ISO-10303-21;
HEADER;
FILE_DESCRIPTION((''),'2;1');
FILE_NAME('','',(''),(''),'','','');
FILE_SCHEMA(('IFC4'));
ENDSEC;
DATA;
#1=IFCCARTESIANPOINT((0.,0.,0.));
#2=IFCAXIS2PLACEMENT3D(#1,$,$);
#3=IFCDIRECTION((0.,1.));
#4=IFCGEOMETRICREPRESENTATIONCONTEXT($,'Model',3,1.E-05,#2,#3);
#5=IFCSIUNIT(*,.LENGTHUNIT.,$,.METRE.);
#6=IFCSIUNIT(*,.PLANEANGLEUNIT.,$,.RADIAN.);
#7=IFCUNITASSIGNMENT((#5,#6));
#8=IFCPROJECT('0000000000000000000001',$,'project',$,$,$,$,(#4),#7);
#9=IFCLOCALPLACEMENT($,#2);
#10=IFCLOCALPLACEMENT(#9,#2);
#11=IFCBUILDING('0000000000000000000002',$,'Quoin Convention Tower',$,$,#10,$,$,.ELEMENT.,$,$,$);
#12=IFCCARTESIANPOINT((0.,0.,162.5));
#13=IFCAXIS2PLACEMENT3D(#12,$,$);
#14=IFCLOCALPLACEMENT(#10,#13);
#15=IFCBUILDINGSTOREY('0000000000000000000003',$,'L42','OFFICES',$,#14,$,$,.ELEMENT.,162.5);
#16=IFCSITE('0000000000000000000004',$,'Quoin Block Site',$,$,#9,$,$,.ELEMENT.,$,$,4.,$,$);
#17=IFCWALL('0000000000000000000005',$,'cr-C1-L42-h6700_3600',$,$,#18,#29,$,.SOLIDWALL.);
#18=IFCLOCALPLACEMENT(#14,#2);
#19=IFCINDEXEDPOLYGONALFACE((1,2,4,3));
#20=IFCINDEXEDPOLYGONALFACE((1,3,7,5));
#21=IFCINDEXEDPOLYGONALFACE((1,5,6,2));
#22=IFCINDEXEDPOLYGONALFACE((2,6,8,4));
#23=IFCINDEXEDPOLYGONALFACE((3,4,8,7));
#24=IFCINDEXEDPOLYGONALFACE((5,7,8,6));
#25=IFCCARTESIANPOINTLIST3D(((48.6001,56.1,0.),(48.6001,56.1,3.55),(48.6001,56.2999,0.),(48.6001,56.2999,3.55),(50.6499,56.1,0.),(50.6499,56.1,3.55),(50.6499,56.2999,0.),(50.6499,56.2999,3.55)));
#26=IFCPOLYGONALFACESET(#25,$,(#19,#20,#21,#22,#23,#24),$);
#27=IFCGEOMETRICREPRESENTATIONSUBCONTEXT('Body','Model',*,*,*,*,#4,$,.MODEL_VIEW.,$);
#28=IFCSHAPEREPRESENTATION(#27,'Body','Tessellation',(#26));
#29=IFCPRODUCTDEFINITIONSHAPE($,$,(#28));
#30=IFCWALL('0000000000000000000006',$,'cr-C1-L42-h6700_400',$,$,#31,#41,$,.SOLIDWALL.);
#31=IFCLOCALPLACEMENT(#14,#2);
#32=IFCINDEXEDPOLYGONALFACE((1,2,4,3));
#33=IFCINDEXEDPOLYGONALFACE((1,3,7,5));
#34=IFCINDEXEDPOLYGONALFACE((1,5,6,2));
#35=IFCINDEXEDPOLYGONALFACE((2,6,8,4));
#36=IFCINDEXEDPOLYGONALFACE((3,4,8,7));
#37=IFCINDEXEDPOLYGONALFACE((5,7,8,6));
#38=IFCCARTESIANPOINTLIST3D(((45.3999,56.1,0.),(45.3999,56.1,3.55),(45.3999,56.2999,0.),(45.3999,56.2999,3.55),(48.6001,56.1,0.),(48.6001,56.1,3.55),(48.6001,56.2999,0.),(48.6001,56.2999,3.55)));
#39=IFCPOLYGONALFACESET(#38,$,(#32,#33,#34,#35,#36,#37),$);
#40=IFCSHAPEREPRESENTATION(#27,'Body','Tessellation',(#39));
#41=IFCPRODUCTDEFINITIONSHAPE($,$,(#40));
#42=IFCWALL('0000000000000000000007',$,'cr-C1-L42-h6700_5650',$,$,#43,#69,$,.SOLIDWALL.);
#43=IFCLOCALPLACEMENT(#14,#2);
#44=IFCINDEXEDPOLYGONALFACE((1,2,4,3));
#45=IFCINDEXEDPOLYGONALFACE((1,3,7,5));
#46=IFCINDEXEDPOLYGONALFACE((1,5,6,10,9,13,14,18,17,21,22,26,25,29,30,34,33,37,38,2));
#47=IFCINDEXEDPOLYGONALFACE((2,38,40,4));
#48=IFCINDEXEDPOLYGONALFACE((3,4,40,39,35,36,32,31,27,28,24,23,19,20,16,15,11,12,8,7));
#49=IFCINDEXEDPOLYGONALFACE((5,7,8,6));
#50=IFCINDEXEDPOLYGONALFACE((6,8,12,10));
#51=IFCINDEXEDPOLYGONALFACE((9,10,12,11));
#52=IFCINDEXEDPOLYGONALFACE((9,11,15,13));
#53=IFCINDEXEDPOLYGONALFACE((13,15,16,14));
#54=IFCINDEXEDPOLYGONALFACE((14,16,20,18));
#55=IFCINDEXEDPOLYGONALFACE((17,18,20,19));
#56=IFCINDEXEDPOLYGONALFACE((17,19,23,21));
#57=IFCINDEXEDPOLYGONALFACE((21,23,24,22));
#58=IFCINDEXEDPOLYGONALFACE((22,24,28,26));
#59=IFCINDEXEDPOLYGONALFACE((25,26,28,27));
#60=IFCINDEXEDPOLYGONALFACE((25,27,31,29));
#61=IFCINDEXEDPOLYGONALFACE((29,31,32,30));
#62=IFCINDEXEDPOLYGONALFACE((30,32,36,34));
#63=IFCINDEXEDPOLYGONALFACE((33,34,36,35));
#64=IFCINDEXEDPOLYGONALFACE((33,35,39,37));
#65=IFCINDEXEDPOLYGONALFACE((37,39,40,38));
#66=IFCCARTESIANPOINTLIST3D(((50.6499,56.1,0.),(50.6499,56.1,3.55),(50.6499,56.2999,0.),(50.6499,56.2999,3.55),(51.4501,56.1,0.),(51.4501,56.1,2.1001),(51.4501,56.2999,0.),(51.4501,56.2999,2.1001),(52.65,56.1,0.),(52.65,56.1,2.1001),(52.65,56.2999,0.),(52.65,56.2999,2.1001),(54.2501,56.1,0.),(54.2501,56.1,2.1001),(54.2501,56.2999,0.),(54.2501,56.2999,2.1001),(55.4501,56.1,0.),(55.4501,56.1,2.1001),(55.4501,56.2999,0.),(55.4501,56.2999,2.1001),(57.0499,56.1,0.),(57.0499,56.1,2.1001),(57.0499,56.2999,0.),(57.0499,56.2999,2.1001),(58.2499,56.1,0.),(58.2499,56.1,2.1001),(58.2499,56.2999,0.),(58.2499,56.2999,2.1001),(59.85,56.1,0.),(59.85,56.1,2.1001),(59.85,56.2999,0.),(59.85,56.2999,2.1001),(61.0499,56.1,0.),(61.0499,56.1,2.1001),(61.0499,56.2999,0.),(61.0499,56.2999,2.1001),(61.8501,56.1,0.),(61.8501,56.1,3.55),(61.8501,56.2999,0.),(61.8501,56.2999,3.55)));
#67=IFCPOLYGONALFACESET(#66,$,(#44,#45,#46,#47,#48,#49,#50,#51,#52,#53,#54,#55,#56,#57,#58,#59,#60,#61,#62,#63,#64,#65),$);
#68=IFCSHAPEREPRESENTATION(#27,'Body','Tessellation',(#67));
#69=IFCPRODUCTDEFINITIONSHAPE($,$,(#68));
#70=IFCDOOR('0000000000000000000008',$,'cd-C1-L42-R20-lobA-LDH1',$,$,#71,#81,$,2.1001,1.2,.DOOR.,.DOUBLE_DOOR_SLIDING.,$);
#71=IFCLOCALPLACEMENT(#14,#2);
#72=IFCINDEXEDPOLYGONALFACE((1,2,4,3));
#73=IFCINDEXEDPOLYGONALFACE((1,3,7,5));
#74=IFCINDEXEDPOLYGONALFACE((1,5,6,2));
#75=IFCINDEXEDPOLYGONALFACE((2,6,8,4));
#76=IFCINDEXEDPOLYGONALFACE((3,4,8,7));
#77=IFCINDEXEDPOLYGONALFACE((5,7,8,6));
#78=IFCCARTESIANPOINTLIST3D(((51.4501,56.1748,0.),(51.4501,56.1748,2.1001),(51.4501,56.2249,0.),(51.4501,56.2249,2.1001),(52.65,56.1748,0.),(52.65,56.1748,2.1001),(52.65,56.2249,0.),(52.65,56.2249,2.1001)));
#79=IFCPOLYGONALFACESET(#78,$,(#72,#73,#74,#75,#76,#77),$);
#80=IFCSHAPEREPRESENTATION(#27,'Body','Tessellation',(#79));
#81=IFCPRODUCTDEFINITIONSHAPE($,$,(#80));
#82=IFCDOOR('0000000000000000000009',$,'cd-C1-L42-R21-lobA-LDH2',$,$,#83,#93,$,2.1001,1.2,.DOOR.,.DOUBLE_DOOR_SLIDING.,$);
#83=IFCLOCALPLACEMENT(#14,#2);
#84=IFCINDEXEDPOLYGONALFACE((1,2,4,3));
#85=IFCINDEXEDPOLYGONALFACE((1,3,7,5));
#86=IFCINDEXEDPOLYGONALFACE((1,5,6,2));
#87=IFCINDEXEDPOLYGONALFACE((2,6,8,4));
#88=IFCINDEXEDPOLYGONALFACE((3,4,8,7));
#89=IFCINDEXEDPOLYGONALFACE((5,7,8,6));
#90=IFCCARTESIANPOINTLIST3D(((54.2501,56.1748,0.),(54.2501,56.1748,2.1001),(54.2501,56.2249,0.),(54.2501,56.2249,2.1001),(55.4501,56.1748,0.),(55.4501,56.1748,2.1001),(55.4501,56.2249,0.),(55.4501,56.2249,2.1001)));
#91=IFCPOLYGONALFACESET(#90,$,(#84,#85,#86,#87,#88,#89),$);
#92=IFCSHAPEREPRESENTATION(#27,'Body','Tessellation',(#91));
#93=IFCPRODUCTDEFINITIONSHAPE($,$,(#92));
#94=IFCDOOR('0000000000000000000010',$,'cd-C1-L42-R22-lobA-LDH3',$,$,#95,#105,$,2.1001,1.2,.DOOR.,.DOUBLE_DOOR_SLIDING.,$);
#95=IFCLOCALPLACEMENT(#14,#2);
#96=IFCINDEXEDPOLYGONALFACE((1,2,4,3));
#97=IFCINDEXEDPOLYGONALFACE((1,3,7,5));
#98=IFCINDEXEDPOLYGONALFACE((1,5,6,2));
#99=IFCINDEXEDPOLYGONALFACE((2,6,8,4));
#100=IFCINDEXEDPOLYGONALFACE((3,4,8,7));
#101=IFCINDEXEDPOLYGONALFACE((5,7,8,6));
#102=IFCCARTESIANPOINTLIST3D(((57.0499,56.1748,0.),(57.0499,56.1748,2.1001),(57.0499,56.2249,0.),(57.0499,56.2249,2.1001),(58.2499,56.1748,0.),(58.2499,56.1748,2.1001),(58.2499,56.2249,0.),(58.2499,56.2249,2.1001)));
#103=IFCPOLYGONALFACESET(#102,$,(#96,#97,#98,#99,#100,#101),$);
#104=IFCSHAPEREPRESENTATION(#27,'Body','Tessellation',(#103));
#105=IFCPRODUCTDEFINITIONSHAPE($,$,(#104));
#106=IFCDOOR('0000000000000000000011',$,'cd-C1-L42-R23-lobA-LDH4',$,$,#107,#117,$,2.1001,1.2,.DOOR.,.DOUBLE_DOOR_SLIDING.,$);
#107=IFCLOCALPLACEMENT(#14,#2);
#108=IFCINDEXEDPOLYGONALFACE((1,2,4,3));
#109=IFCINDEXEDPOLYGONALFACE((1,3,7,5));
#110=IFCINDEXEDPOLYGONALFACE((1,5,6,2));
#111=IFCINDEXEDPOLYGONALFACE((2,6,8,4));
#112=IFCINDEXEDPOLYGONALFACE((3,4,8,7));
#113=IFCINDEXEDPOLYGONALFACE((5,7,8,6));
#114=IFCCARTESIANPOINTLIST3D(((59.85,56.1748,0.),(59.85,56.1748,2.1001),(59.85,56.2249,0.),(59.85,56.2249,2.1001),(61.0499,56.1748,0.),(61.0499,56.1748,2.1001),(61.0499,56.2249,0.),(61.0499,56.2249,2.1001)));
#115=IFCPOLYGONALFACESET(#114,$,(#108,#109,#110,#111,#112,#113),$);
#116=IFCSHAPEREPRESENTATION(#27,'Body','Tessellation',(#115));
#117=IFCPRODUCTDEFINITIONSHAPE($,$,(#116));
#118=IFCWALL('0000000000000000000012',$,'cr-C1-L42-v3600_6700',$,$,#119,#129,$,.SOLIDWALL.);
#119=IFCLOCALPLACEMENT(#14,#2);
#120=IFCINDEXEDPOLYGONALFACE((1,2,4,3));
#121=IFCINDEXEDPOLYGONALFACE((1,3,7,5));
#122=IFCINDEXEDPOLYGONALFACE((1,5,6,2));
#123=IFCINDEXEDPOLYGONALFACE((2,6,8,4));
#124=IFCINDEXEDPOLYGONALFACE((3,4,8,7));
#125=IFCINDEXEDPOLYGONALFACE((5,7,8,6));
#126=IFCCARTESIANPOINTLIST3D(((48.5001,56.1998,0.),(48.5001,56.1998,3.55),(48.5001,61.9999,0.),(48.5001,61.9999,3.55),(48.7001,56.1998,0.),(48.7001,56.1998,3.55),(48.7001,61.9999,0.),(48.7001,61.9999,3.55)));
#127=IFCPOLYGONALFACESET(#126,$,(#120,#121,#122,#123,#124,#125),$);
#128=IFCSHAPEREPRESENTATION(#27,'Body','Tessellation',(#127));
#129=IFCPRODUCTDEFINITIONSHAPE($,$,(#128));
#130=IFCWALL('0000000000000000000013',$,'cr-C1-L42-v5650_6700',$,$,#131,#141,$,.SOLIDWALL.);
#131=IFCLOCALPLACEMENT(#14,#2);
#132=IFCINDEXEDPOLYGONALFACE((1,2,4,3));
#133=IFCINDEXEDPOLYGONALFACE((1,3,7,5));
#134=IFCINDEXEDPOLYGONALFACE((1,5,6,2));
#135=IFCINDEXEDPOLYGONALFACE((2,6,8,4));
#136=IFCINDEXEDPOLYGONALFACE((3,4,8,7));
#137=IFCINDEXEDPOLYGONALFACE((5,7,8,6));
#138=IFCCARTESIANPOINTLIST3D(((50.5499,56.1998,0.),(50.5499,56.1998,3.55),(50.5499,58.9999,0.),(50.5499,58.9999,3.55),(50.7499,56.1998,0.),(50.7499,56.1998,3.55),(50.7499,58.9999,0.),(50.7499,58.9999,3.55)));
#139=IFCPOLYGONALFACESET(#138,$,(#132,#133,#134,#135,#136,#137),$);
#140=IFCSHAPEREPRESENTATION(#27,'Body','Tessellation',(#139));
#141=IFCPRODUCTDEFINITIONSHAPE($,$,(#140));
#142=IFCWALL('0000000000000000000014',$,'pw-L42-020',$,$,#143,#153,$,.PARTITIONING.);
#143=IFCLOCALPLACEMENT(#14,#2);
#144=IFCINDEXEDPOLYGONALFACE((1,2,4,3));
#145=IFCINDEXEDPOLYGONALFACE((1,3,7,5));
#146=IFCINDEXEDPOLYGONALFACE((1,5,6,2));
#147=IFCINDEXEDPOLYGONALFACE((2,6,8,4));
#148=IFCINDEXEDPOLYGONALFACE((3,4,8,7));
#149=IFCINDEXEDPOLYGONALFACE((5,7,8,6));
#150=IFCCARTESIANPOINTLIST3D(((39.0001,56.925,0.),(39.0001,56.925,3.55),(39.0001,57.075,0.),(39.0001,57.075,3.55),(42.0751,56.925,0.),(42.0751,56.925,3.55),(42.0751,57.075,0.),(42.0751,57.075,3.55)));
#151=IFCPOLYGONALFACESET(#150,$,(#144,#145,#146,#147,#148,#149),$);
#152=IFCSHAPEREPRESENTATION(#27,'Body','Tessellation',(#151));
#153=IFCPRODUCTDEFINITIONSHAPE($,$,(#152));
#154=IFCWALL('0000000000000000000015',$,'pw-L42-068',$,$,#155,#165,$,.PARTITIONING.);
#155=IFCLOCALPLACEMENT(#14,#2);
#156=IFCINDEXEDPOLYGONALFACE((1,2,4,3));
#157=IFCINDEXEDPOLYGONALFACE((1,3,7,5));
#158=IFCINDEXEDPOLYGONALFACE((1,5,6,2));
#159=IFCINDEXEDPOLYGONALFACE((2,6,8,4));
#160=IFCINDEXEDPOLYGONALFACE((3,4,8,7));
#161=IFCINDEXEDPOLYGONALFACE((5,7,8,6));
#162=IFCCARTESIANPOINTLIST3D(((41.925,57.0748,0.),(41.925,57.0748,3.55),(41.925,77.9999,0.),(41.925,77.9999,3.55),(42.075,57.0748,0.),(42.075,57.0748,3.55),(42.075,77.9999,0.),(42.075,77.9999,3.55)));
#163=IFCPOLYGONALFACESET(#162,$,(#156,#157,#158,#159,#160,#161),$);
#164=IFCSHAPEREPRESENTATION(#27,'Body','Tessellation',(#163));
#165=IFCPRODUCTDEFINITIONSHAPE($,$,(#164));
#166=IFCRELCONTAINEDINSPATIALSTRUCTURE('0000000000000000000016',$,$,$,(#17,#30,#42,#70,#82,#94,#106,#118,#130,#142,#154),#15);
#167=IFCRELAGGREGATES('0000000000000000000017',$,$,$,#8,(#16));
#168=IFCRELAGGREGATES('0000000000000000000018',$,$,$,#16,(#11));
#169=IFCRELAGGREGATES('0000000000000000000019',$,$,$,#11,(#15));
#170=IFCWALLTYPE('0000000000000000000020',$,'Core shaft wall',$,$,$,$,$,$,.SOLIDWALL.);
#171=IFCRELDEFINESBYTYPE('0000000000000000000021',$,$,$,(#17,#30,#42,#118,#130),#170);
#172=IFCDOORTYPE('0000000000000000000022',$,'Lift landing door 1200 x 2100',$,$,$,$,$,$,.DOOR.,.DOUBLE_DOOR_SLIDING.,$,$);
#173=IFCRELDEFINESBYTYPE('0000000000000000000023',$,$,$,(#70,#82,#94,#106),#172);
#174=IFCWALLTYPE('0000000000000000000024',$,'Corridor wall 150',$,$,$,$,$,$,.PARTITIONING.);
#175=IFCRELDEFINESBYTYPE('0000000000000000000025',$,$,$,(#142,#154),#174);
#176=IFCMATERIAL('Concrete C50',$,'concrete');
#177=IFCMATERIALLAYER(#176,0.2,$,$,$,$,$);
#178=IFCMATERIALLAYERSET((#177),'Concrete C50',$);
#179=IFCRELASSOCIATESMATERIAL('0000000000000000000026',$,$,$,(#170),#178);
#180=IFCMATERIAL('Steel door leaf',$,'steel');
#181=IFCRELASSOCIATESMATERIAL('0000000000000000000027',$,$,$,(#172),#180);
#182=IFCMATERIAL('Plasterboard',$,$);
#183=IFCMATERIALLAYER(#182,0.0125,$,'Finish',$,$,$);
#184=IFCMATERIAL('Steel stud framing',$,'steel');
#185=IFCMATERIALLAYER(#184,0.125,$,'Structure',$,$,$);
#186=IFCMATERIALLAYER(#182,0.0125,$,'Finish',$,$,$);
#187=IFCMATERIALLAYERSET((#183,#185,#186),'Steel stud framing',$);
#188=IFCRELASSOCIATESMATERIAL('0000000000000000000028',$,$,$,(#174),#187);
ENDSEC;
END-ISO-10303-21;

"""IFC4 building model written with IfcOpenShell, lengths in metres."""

from ifc_helpers import new_model, si_unit, direction, frame, frame_2d, origin, place, context, subcontext, project, spatial, rectangle, extrude, material, layer, layer_set, type_object, element, fill, save


model = new_model("IFC4")

# Units and contexts
model_context = context("Model", 3, precision=1e-05, world=origin(), true_north=direction((0.0, 1.0)))
body_context = subcontext(model_context, "Body", "Model", "MODEL_VIEW")
ifc_project = project(units=[si_unit("LENGTHUNIT", "METRE"), si_unit("PLANEANGLEUNIT", "RADIAN")], contexts=[model_context])

# Site, building, storey
site_placement = place(None, origin())
site = spatial("IfcSite", under=ifc_project, at=site_placement, Name="Quoin Block Site", CompositionType="ELEMENT", RefElevation=4.0)
building_placement = place(site_placement, origin())
building = spatial("IfcBuilding", under=site, at=building_placement, Name="Quoin Convention Tower", CompositionType="ELEMENT")
storey_placement = place(building_placement, frame((0.0, 0.0, 162.5)))
storey = spatial("IfcBuildingStorey", under=building, at=storey_placement, Name="L42", Description="OFFICES", CompositionType="ELEMENT", Elevation=162.5)

# Walls
ifc_material_1 = material(Name="Concrete C50", Category="concrete")
ifc_layer_1 = layer(ifc_material_1, 0.2)
ifc_layer_set_1 = layer_set([ifc_layer_1], Name="Concrete C50")
wall_type_1 = type_object("IfcWallType", Name="Core shaft wall", PredefinedType="SOLIDWALL", material=ifc_layer_set_1)
wall_1_placement = place(storey_placement, frame((48.6001, 56.2, 0.0), z_axis=(0.0, 0.0, 1.0), x_axis=(1.0, 0.0, 0.0)))
element("IfcWall", 1, at=wall_1_placement, inside=storey, type_object=wall_type_1, Name="cr-C1-L42-h6700_3600", PredefinedType="SOLIDWALL", context=body_context, shape_type="SweptSolid", body=[
    extrude(rectangle(XDim=2.0498, YDim=0.2, at=frame_2d((1.0249, 0.0))), origin(), (0.0, 0.0, 1.0), 3.55),
])
wall_2_placement = place(storey_placement, frame((45.3999, 56.2, 0.0), z_axis=(0.0, 0.0, 1.0), x_axis=(1.0, 0.0, 0.0)))
element("IfcWall", 2, at=wall_2_placement, inside=storey, type_object=wall_type_1, Name="cr-C1-L42-h6700_400", PredefinedType="SOLIDWALL", context=body_context, shape_type="SweptSolid", body=[
    extrude(rectangle(XDim=3.2002, YDim=0.2, at=frame_2d((1.6001, 0.0))), origin(), (0.0, 0.0, 1.0), 3.55),
])

# Wall, openings, doors
wall_3_placement = place(storey_placement, frame((50.6499, 56.2, 0.0), z_axis=(0.0, 0.0, 1.0), x_axis=(1.0, 0.0, 0.0)))
wall_3 = element("IfcWall", 3, at=wall_3_placement, inside=storey, type_object=wall_type_1, Name="cr-C1-L42-h6700_5650", PredefinedType="SOLIDWALL", context=body_context, shape_type="SweptSolid", body=[
    extrude(rectangle(XDim=11.2002, YDim=0.2, at=frame_2d((5.6001, 0.0))), origin(), (0.0, 0.0, 1.0), 3.55),
])
opening_1_placement = place(wall_3_placement, frame((0.8, 0.0, 0.0)))
opening_1 = element("IfcOpeningElement", 4, at=opening_1_placement, cuts=wall_3, PredefinedType="OPENING", context=body_context, shape_type="SweptSolid", body=[
    extrude(rectangle(XDim=1.2, YDim=2.1001, at=frame_2d((0.6001, 1.05))), frame((0.0, 0.1099, 0.0), z_axis=(0.0, -1.0, 0.0), x_axis=(1.0, 0.0, 0.0)), (0.0, 0.0, 1.0), 0.22),
])
opening_2_placement = place(wall_3_placement, frame((3.6001, 0.0, 0.0)))
opening_2 = element("IfcOpeningElement", 5, at=opening_2_placement, cuts=wall_3, PredefinedType="OPENING", context=body_context, shape_type="SweptSolid", body=[
    extrude(rectangle(XDim=1.2, YDim=2.1001, at=frame_2d((0.6001, 1.05))), frame((0.0, 0.1099, 0.0), z_axis=(0.0, -1.0, 0.0), x_axis=(1.0, 0.0, 0.0)), (0.0, 0.0, 1.0), 0.22),
])
opening_3_placement = place(wall_3_placement, frame((6.3999, 0.0, 0.0)))
opening_3 = element("IfcOpeningElement", 6, at=opening_3_placement, cuts=wall_3, PredefinedType="OPENING", context=body_context, shape_type="SweptSolid", body=[
    extrude(rectangle(XDim=1.2, YDim=2.1001, at=frame_2d((0.6001, 1.05))), frame((0.0, 0.1099, 0.0), z_axis=(0.0, -1.0, 0.0), x_axis=(1.0, 0.0, 0.0)), (0.0, 0.0, 1.0), 0.22),
])
opening_4_placement = place(wall_3_placement, frame((9.2, 0.0, 0.0)))
opening_4 = element("IfcOpeningElement", 7, at=opening_4_placement, cuts=wall_3, PredefinedType="OPENING", context=body_context, shape_type="SweptSolid", body=[
    extrude(rectangle(XDim=1.2, YDim=2.1001, at=frame_2d((0.6001, 1.05))), frame((0.0, 0.1099, 0.0), z_axis=(0.0, -1.0, 0.0), x_axis=(1.0, 0.0, 0.0)), (0.0, 0.0, 1.0), 0.22),
])
ifc_material_2 = material(Name="Steel door leaf", Category="steel")
door_type = type_object("IfcDoorType", Name="Lift landing door 1200 x 2100", OperationType="DOUBLE_DOOR_SLIDING", PredefinedType="DOOR", material=ifc_material_2)
door_1_placement = place(opening_1_placement, origin())
door_1 = element("IfcDoor", 8, at=door_1_placement, inside=storey, type_object=door_type, Name="cd-C1-L42-R20-lobA-LDH1", OperationType="DOUBLE_DOOR_SLIDING", OverallHeight=2.1001, OverallWidth=1.2, PredefinedType="DOOR", context=body_context, shape_type="SweptSolid", body=[
    extrude(rectangle(XDim=1.2, YDim=2.1001, at=frame_2d((0.6001, 1.05))), frame((0.0, 0.0249, 0.0), z_axis=(0.0, -1.0, 0.0), x_axis=(1.0, 0.0, 0.0)), (0.0, 0.0, 1.0), 0.05),
])
fill(opening_1, door_1)
door_2_placement = place(opening_2_placement, origin())
door_2 = element("IfcDoor", 9, at=door_2_placement, inside=storey, type_object=door_type, Name="cd-C1-L42-R21-lobA-LDH2", OperationType="DOUBLE_DOOR_SLIDING", OverallHeight=2.1001, OverallWidth=1.2, PredefinedType="DOOR", context=body_context, shape_type="SweptSolid", body=[
    extrude(rectangle(XDim=1.2, YDim=2.1001, at=frame_2d((0.6001, 1.05))), frame((0.0, 0.0249, 0.0), z_axis=(0.0, -1.0, 0.0), x_axis=(1.0, 0.0, 0.0)), (0.0, 0.0, 1.0), 0.05),
])
fill(opening_2, door_2)
door_3_placement = place(opening_3_placement, origin())
door_3 = element("IfcDoor", 10, at=door_3_placement, inside=storey, type_object=door_type, Name="cd-C1-L42-R22-lobA-LDH3", OperationType="DOUBLE_DOOR_SLIDING", OverallHeight=2.1001, OverallWidth=1.2, PredefinedType="DOOR", context=body_context, shape_type="SweptSolid", body=[
    extrude(rectangle(XDim=1.2, YDim=2.1001, at=frame_2d((0.6001, 1.05))), frame((0.0, 0.0249, 0.0), z_axis=(0.0, -1.0, 0.0), x_axis=(1.0, 0.0, 0.0)), (0.0, 0.0, 1.0), 0.05),
])
fill(opening_3, door_3)
door_4_placement = place(opening_4_placement, origin())
door_4 = element("IfcDoor", 11, at=door_4_placement, inside=storey, type_object=door_type, Name="cd-C1-L42-R23-lobA-LDH4", OperationType="DOUBLE_DOOR_SLIDING", OverallHeight=2.1001, OverallWidth=1.2, PredefinedType="DOOR", context=body_context, shape_type="SweptSolid", body=[
    extrude(rectangle(XDim=1.2, YDim=2.1001, at=frame_2d((0.6001, 1.05))), frame((0.0, 0.0249, 0.0), z_axis=(0.0, -1.0, 0.0), x_axis=(1.0, 0.0, 0.0)), (0.0, 0.0, 1.0), 0.05),
])
fill(opening_4, door_4)

# Walls
wall_4_placement = place(storey_placement, frame((48.6001, 56.2, 0.0), z_axis=(0.0, 0.0, 1.0), x_axis=(0.0, 1.0, 0.0)))
element("IfcWall", 12, at=wall_4_placement, inside=storey, type_object=wall_type_1, Name="cr-C1-L42-v3600_6700", PredefinedType="SOLIDWALL", context=body_context, shape_type="SweptSolid", body=[
    extrude(rectangle(XDim=5.8, YDim=0.2, at=frame_2d((2.8999, 0.0))), origin(), (0.0, 0.0, 1.0), 3.55),
])
wall_5_placement = place(storey_placement, frame((50.6499, 56.2, 0.0), z_axis=(0.0, 0.0, 1.0), x_axis=(0.0, 1.0, 0.0)))
element("IfcWall", 13, at=wall_5_placement, inside=storey, type_object=wall_type_1, Name="cr-C1-L42-v5650_6700", PredefinedType="SOLIDWALL", context=body_context, shape_type="SweptSolid", body=[
    extrude(rectangle(XDim=2.8, YDim=0.2, at=frame_2d((1.3999, 0.0))), origin(), (0.0, 0.0, 1.0), 3.55),
])
ifc_material_3 = material(Name="Plasterboard")
ifc_layer_2 = layer(ifc_material_3, 0.0125, Name="Finish")
ifc_material_4 = material(Name="Steel stud framing", Category="steel")
ifc_layer_3 = layer(ifc_material_4, 0.125, Name="Structure")
ifc_layer_4 = layer(ifc_material_3, 0.0125, Name="Finish")
ifc_layer_set_2 = layer_set([ifc_layer_2, ifc_layer_3, ifc_layer_4], Name="Steel stud framing")
wall_type_2 = type_object("IfcWallType", Name="Corridor wall 150", PredefinedType="PARTITIONING", material=ifc_layer_set_2)
wall_6_placement = place(storey_placement, frame((39.0, 57.0, 0.0), z_axis=(0.0, 0.0, 1.0), x_axis=(1.0, 0.0, 0.0)))
element("IfcWall", 14, at=wall_6_placement, inside=storey, type_object=wall_type_2, Name="pw-L42-020", PredefinedType="PARTITIONING", context=body_context, shape_type="SweptSolid", body=[
    extrude(rectangle(XDim=3.075, YDim=0.1499, at=frame_2d((1.5376, 0.0))), origin(), (0.0, 0.0, 1.0), 3.55),
])
wall_7_placement = place(storey_placement, frame((42.0, 57.075, 0.0), z_axis=(0.0, 0.0, 1.0), x_axis=(0.0, 1.0, 0.0)))
element("IfcWall", 15, at=wall_7_placement, inside=storey, type_object=wall_type_2, Name="pw-L42-068", PredefinedType="PARTITIONING", context=body_context, shape_type="SweptSolid", body=[
    extrude(rectangle(XDim=20.925, YDim=0.1499, at=frame_2d((10.4624, 0.0))), origin(), (0.0, 0.0, 1.0), 3.55),
])

save(model, "model.ifc")
